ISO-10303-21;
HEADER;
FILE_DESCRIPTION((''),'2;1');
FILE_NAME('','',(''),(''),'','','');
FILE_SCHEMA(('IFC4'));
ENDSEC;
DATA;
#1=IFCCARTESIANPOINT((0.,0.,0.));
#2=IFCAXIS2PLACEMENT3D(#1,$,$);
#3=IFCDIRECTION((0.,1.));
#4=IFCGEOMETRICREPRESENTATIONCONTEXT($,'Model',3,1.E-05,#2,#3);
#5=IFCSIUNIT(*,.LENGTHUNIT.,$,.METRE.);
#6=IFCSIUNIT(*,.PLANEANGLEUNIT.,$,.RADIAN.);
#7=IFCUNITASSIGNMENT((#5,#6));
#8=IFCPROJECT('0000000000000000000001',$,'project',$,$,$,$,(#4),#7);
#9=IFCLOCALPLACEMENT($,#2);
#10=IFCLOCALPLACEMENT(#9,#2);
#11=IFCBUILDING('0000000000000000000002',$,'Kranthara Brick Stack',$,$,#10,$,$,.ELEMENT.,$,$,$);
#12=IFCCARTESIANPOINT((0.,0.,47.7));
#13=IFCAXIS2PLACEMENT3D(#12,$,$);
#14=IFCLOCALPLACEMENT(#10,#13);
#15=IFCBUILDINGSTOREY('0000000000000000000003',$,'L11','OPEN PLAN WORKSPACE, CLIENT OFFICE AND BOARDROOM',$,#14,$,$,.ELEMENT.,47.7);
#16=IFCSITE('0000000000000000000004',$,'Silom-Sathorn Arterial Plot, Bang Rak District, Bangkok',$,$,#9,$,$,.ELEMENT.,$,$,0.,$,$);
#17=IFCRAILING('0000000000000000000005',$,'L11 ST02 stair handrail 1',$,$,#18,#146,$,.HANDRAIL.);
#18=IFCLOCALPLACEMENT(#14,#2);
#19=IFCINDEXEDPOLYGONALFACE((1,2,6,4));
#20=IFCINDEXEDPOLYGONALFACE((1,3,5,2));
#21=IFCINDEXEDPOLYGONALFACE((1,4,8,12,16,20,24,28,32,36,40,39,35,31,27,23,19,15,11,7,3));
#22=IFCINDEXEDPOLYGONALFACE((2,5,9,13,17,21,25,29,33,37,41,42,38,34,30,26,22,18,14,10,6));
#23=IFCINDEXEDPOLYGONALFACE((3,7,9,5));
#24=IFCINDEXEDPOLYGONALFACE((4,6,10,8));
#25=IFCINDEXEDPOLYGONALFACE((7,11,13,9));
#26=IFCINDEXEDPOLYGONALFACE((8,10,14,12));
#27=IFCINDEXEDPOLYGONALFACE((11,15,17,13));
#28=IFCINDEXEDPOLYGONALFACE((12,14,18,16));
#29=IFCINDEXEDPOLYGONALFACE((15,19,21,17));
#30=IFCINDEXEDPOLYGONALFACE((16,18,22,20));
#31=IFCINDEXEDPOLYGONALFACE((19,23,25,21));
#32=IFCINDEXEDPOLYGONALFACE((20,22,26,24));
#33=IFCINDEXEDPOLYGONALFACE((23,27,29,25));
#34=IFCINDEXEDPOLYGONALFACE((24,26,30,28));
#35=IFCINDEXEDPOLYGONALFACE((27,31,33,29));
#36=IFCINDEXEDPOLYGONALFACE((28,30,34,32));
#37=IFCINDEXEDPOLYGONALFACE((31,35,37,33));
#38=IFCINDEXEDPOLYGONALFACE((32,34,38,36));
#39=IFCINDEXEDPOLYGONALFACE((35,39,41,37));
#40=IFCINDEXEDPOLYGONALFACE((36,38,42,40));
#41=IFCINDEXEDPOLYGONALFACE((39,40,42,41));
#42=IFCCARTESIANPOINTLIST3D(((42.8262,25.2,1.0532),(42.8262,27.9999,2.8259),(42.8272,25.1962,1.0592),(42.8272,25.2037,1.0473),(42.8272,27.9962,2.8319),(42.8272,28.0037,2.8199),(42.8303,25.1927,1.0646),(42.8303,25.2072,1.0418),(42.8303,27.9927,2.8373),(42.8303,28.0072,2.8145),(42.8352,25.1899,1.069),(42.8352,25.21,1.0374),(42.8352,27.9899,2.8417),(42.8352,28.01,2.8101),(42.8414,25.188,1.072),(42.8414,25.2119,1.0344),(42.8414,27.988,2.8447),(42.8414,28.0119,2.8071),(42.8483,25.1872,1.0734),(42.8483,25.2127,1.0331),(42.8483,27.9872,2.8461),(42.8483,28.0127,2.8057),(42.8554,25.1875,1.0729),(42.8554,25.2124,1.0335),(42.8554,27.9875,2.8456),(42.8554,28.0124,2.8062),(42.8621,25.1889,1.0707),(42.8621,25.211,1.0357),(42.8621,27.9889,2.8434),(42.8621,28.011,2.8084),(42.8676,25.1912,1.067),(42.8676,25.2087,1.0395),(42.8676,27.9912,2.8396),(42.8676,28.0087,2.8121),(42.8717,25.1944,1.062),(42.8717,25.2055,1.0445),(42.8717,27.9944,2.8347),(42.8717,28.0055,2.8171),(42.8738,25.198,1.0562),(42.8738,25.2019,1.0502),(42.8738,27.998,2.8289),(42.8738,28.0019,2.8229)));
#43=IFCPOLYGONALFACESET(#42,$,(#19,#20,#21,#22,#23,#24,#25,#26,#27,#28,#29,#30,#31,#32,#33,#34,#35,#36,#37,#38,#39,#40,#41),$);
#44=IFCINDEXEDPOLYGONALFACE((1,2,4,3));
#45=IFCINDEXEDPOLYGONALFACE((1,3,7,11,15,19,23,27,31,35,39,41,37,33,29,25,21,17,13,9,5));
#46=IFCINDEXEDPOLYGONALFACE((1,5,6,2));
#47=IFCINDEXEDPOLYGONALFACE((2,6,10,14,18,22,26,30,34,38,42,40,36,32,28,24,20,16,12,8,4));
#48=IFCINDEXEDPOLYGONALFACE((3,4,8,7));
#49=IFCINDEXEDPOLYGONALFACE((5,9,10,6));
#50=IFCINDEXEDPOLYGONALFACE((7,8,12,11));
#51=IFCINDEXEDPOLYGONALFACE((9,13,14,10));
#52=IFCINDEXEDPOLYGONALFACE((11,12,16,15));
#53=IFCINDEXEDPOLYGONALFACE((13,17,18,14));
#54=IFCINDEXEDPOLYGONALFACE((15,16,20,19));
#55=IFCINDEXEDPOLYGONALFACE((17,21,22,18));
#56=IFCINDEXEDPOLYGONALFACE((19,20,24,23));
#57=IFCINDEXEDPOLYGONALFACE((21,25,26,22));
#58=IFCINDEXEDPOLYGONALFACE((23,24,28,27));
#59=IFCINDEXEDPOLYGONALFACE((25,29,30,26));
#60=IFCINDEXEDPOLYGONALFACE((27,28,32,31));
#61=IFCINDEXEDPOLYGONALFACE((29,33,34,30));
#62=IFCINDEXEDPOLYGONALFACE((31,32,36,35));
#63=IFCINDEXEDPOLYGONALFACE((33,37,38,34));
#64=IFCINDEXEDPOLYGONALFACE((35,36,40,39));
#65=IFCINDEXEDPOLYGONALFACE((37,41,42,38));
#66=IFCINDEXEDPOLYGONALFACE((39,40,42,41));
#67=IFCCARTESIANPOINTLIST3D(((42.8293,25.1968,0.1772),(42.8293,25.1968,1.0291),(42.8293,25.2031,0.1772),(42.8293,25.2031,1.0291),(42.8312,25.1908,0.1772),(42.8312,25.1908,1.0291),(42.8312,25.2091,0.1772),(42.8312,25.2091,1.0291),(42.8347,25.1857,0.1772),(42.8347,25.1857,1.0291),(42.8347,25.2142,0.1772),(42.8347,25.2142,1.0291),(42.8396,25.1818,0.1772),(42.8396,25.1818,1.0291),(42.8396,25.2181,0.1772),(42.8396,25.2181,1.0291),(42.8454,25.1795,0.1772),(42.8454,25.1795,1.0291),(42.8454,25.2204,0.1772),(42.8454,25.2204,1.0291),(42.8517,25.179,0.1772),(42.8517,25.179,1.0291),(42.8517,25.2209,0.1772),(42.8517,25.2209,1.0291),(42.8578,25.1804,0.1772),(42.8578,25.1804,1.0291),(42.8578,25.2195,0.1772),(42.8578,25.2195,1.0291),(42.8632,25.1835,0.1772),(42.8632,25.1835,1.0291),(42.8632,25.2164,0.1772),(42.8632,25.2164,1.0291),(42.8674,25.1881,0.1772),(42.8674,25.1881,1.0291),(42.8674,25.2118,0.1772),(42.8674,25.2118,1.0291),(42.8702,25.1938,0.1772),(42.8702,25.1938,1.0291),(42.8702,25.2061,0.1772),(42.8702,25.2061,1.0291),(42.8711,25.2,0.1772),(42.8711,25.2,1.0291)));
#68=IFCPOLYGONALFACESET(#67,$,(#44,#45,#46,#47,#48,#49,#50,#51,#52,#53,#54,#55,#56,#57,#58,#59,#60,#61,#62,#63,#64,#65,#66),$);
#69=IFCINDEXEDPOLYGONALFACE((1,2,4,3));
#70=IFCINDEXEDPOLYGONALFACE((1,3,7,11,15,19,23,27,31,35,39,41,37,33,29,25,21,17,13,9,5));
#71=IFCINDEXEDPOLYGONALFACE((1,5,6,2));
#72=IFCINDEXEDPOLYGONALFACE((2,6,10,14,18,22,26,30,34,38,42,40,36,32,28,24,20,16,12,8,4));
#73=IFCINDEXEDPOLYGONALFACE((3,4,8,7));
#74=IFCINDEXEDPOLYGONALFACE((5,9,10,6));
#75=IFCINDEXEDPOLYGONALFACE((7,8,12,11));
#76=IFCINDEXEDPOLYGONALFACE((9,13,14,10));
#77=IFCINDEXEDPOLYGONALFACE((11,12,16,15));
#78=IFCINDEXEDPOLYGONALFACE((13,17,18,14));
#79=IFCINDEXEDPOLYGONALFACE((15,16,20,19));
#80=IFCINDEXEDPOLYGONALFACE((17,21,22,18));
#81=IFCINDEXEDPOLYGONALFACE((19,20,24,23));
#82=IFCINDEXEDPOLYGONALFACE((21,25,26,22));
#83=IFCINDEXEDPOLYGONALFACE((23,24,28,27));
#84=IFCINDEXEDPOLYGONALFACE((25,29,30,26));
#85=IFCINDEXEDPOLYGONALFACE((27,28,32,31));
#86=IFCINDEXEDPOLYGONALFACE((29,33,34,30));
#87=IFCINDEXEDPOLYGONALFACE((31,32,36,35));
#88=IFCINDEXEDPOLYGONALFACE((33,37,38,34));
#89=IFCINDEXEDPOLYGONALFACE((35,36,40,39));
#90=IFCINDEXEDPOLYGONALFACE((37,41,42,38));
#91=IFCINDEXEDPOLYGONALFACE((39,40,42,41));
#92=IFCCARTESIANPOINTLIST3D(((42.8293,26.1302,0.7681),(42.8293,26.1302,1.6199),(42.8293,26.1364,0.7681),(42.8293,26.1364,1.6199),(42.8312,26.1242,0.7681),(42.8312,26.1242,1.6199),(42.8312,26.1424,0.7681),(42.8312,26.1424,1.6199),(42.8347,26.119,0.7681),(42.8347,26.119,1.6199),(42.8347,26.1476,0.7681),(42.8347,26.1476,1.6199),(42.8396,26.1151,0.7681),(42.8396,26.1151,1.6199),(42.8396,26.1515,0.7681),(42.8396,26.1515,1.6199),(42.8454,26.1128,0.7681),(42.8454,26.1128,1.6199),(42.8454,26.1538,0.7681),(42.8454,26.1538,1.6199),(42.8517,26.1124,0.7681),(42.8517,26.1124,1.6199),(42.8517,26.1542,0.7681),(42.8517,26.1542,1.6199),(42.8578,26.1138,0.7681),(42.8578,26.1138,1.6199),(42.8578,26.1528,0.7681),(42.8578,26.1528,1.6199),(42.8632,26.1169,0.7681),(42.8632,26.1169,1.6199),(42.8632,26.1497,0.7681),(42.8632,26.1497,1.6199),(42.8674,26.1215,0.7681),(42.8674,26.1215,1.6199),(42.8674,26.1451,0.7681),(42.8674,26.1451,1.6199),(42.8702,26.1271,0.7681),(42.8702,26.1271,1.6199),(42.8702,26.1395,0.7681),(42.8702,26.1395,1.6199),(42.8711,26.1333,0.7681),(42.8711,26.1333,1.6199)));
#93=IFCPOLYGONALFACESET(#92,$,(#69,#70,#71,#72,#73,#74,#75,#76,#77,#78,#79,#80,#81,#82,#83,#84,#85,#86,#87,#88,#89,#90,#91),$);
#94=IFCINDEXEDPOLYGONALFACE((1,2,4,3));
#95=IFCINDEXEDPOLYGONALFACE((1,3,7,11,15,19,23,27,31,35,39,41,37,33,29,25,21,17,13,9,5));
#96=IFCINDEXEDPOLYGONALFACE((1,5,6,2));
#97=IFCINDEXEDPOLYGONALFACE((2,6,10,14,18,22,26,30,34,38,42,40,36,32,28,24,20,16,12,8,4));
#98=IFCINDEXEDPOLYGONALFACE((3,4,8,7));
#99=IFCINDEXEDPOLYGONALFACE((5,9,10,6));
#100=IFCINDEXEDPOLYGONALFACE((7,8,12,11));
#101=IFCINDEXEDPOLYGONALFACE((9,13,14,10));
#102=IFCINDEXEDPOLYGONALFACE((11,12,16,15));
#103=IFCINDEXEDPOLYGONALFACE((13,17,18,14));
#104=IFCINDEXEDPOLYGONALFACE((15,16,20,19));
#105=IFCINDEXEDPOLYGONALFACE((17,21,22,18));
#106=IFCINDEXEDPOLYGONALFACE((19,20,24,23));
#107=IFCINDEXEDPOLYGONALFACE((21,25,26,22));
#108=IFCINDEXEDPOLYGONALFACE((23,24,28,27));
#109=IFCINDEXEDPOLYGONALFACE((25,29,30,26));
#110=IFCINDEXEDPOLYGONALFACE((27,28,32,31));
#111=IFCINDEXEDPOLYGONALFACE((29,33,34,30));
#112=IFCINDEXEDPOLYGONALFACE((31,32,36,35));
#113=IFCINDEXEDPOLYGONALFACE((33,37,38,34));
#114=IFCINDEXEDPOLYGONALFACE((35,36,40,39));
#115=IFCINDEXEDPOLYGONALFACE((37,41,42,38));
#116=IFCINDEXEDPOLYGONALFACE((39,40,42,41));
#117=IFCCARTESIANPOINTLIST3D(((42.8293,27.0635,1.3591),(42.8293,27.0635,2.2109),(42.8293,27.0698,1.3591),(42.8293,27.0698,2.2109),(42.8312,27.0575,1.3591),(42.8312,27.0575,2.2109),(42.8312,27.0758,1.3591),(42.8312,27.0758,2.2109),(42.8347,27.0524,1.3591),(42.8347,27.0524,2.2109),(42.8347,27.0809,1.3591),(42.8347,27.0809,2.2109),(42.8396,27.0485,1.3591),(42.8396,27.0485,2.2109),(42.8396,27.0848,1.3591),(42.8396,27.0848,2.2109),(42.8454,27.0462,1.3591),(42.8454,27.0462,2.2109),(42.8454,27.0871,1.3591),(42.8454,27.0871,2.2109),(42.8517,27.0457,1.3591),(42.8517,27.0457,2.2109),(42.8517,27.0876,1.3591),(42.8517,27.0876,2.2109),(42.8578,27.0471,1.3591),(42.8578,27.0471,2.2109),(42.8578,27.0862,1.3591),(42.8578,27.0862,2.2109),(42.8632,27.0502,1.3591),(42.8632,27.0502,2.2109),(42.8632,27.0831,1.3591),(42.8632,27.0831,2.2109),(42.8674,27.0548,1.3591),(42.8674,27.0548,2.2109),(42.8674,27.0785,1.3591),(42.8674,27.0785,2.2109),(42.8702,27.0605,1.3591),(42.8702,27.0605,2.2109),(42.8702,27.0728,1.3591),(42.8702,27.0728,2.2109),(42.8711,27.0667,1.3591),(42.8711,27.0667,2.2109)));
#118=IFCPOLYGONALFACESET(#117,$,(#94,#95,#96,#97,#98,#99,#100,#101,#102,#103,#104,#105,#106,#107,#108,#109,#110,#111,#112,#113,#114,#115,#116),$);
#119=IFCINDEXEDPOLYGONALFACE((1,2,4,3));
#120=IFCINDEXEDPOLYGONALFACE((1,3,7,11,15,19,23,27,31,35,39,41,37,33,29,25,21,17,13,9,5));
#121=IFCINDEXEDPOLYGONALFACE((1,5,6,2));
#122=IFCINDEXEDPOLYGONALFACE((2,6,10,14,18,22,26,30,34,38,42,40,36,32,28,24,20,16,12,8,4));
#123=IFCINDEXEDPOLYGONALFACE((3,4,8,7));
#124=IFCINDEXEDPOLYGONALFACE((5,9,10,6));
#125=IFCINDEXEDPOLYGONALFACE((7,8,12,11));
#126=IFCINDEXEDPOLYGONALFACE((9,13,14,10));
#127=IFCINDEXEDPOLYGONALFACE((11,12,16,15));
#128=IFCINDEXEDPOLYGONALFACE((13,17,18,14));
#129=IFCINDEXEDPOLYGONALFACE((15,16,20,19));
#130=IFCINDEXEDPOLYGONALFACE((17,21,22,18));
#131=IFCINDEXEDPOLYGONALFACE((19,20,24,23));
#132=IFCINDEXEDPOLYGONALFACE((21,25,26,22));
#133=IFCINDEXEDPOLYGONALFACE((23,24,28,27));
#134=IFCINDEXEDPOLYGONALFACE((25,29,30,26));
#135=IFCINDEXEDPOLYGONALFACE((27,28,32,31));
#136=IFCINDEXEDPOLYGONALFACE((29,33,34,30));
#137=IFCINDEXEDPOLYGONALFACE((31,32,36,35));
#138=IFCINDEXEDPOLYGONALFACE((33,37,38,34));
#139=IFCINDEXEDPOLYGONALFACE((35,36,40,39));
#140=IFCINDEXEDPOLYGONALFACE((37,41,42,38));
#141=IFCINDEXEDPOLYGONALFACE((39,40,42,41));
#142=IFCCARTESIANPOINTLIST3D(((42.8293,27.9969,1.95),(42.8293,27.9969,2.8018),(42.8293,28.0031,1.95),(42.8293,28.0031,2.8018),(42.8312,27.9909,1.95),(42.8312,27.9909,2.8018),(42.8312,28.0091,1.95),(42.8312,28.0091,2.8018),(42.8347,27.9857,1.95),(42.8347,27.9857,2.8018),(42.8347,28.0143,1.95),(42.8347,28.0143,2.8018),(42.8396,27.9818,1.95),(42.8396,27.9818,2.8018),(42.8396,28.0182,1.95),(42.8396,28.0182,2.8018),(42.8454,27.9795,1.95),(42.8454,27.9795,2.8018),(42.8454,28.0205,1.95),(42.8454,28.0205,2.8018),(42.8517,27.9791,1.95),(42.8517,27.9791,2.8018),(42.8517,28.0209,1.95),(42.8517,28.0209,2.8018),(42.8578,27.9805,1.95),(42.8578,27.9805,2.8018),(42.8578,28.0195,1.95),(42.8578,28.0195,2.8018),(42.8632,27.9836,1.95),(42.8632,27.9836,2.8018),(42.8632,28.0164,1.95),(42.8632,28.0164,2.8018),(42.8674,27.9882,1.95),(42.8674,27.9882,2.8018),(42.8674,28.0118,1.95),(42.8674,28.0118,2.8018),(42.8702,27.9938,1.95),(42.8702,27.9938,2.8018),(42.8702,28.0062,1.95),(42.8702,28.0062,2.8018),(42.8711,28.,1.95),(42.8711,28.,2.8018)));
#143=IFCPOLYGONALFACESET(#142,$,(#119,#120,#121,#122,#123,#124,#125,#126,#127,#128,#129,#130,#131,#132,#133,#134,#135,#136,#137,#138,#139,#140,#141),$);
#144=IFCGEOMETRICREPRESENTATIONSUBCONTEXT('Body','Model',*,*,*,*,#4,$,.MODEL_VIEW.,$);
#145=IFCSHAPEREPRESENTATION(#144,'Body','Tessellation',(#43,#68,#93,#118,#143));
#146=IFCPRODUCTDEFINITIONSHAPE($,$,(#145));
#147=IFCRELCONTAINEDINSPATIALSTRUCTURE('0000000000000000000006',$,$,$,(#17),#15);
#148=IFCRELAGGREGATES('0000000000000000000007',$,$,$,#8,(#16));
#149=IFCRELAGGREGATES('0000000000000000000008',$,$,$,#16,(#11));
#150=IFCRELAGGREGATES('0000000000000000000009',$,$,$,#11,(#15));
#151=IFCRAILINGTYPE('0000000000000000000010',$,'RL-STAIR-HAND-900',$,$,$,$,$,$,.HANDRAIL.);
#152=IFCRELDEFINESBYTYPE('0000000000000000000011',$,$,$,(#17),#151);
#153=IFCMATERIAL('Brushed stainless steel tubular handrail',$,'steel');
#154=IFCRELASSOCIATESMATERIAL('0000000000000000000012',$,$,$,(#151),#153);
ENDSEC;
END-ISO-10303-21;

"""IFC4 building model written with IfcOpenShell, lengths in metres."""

from ifc_helpers import new_model, si_unit, direction, frame, origin, origin_2d, place, context, subcontext, project, spatial, circle, extrude, material, type_object, element, save


model = new_model("IFC4")

# Units and contexts
model_context = context("Model", 3, precision=1e-05, world=origin(), true_north=direction((0.0, 1.0)))
body_context = subcontext(model_context, "Body", "Model", "MODEL_VIEW")
ifc_project = project(units=[si_unit("LENGTHUNIT", "METRE"), si_unit("PLANEANGLEUNIT", "RADIAN")], contexts=[model_context])

# Site, building, storey
site_placement = place(None, origin())
site = spatial("IfcSite", under=ifc_project, at=site_placement, Name="Silom-Sathorn Arterial Plot, Bang Rak District, Bangkok", CompositionType="ELEMENT", RefElevation=0.0)
building_placement = place(site_placement, origin())
building = spatial("IfcBuilding", under=site, at=building_placement, Name="Kranthara Brick Stack", CompositionType="ELEMENT")
storey_placement = place(building_placement, frame((0.0, 0.0, 47.7)))
storey = spatial("IfcBuildingStorey", under=building, at=storey_placement, Name="L11", Description="OPEN PLAN WORKSPACE, CLIENT OFFICE AND BOARDROOM", CompositionType="ELEMENT", Elevation=47.7)

# Railing
ifc_material_1 = material(Name="Brushed stainless steel tubular handrail", Category="steel")
railing_type_1 = type_object("IfcRailingType", Name="RL-STAIR-HAND-900", PredefinedType="HANDRAIL", material=ifc_material_1)
railing_1_placement = place(storey_placement, frame((42.8501, 25.2, 0.1772)))
element("IfcRailing", 1, at=railing_1_placement, inside=storey, type_object=railing_type_1, Name="L11 ST02 stair handrail 1", PredefinedType="HANDRAIL", context=body_context, shape_type="SweptSolid", body=[
    extrude(circle(Radius=0.0239, at=origin_2d()), frame((0.0, 0.0, 0.876), z_axis=(0.0, 0.844909, 0.53491), x_axis=(-1.0, 0.0, 0.0)), (0.0, 0.0, 1.0), 3.314),
    extrude(circle(Radius=0.021, at=origin_2d()), origin(), (0.0, 0.0, 1.0), 0.8518),
    extrude(circle(Radius=0.021, at=origin_2d()), frame((0.0, 0.9333, 0.5908)), (0.0, 0.0, 1.0), 0.8518),
    extrude(circle(Radius=0.021, at=origin_2d()), frame((0.0, 1.8667, 1.1819)), (0.0, 0.0, 1.0), 0.8518),
    extrude(circle(Radius=0.021, at=origin_2d()), frame((0.0, 2.8, 1.7727)), (0.0, 0.0, 1.0), 0.8518),
])

save(model, "model.ifc")
